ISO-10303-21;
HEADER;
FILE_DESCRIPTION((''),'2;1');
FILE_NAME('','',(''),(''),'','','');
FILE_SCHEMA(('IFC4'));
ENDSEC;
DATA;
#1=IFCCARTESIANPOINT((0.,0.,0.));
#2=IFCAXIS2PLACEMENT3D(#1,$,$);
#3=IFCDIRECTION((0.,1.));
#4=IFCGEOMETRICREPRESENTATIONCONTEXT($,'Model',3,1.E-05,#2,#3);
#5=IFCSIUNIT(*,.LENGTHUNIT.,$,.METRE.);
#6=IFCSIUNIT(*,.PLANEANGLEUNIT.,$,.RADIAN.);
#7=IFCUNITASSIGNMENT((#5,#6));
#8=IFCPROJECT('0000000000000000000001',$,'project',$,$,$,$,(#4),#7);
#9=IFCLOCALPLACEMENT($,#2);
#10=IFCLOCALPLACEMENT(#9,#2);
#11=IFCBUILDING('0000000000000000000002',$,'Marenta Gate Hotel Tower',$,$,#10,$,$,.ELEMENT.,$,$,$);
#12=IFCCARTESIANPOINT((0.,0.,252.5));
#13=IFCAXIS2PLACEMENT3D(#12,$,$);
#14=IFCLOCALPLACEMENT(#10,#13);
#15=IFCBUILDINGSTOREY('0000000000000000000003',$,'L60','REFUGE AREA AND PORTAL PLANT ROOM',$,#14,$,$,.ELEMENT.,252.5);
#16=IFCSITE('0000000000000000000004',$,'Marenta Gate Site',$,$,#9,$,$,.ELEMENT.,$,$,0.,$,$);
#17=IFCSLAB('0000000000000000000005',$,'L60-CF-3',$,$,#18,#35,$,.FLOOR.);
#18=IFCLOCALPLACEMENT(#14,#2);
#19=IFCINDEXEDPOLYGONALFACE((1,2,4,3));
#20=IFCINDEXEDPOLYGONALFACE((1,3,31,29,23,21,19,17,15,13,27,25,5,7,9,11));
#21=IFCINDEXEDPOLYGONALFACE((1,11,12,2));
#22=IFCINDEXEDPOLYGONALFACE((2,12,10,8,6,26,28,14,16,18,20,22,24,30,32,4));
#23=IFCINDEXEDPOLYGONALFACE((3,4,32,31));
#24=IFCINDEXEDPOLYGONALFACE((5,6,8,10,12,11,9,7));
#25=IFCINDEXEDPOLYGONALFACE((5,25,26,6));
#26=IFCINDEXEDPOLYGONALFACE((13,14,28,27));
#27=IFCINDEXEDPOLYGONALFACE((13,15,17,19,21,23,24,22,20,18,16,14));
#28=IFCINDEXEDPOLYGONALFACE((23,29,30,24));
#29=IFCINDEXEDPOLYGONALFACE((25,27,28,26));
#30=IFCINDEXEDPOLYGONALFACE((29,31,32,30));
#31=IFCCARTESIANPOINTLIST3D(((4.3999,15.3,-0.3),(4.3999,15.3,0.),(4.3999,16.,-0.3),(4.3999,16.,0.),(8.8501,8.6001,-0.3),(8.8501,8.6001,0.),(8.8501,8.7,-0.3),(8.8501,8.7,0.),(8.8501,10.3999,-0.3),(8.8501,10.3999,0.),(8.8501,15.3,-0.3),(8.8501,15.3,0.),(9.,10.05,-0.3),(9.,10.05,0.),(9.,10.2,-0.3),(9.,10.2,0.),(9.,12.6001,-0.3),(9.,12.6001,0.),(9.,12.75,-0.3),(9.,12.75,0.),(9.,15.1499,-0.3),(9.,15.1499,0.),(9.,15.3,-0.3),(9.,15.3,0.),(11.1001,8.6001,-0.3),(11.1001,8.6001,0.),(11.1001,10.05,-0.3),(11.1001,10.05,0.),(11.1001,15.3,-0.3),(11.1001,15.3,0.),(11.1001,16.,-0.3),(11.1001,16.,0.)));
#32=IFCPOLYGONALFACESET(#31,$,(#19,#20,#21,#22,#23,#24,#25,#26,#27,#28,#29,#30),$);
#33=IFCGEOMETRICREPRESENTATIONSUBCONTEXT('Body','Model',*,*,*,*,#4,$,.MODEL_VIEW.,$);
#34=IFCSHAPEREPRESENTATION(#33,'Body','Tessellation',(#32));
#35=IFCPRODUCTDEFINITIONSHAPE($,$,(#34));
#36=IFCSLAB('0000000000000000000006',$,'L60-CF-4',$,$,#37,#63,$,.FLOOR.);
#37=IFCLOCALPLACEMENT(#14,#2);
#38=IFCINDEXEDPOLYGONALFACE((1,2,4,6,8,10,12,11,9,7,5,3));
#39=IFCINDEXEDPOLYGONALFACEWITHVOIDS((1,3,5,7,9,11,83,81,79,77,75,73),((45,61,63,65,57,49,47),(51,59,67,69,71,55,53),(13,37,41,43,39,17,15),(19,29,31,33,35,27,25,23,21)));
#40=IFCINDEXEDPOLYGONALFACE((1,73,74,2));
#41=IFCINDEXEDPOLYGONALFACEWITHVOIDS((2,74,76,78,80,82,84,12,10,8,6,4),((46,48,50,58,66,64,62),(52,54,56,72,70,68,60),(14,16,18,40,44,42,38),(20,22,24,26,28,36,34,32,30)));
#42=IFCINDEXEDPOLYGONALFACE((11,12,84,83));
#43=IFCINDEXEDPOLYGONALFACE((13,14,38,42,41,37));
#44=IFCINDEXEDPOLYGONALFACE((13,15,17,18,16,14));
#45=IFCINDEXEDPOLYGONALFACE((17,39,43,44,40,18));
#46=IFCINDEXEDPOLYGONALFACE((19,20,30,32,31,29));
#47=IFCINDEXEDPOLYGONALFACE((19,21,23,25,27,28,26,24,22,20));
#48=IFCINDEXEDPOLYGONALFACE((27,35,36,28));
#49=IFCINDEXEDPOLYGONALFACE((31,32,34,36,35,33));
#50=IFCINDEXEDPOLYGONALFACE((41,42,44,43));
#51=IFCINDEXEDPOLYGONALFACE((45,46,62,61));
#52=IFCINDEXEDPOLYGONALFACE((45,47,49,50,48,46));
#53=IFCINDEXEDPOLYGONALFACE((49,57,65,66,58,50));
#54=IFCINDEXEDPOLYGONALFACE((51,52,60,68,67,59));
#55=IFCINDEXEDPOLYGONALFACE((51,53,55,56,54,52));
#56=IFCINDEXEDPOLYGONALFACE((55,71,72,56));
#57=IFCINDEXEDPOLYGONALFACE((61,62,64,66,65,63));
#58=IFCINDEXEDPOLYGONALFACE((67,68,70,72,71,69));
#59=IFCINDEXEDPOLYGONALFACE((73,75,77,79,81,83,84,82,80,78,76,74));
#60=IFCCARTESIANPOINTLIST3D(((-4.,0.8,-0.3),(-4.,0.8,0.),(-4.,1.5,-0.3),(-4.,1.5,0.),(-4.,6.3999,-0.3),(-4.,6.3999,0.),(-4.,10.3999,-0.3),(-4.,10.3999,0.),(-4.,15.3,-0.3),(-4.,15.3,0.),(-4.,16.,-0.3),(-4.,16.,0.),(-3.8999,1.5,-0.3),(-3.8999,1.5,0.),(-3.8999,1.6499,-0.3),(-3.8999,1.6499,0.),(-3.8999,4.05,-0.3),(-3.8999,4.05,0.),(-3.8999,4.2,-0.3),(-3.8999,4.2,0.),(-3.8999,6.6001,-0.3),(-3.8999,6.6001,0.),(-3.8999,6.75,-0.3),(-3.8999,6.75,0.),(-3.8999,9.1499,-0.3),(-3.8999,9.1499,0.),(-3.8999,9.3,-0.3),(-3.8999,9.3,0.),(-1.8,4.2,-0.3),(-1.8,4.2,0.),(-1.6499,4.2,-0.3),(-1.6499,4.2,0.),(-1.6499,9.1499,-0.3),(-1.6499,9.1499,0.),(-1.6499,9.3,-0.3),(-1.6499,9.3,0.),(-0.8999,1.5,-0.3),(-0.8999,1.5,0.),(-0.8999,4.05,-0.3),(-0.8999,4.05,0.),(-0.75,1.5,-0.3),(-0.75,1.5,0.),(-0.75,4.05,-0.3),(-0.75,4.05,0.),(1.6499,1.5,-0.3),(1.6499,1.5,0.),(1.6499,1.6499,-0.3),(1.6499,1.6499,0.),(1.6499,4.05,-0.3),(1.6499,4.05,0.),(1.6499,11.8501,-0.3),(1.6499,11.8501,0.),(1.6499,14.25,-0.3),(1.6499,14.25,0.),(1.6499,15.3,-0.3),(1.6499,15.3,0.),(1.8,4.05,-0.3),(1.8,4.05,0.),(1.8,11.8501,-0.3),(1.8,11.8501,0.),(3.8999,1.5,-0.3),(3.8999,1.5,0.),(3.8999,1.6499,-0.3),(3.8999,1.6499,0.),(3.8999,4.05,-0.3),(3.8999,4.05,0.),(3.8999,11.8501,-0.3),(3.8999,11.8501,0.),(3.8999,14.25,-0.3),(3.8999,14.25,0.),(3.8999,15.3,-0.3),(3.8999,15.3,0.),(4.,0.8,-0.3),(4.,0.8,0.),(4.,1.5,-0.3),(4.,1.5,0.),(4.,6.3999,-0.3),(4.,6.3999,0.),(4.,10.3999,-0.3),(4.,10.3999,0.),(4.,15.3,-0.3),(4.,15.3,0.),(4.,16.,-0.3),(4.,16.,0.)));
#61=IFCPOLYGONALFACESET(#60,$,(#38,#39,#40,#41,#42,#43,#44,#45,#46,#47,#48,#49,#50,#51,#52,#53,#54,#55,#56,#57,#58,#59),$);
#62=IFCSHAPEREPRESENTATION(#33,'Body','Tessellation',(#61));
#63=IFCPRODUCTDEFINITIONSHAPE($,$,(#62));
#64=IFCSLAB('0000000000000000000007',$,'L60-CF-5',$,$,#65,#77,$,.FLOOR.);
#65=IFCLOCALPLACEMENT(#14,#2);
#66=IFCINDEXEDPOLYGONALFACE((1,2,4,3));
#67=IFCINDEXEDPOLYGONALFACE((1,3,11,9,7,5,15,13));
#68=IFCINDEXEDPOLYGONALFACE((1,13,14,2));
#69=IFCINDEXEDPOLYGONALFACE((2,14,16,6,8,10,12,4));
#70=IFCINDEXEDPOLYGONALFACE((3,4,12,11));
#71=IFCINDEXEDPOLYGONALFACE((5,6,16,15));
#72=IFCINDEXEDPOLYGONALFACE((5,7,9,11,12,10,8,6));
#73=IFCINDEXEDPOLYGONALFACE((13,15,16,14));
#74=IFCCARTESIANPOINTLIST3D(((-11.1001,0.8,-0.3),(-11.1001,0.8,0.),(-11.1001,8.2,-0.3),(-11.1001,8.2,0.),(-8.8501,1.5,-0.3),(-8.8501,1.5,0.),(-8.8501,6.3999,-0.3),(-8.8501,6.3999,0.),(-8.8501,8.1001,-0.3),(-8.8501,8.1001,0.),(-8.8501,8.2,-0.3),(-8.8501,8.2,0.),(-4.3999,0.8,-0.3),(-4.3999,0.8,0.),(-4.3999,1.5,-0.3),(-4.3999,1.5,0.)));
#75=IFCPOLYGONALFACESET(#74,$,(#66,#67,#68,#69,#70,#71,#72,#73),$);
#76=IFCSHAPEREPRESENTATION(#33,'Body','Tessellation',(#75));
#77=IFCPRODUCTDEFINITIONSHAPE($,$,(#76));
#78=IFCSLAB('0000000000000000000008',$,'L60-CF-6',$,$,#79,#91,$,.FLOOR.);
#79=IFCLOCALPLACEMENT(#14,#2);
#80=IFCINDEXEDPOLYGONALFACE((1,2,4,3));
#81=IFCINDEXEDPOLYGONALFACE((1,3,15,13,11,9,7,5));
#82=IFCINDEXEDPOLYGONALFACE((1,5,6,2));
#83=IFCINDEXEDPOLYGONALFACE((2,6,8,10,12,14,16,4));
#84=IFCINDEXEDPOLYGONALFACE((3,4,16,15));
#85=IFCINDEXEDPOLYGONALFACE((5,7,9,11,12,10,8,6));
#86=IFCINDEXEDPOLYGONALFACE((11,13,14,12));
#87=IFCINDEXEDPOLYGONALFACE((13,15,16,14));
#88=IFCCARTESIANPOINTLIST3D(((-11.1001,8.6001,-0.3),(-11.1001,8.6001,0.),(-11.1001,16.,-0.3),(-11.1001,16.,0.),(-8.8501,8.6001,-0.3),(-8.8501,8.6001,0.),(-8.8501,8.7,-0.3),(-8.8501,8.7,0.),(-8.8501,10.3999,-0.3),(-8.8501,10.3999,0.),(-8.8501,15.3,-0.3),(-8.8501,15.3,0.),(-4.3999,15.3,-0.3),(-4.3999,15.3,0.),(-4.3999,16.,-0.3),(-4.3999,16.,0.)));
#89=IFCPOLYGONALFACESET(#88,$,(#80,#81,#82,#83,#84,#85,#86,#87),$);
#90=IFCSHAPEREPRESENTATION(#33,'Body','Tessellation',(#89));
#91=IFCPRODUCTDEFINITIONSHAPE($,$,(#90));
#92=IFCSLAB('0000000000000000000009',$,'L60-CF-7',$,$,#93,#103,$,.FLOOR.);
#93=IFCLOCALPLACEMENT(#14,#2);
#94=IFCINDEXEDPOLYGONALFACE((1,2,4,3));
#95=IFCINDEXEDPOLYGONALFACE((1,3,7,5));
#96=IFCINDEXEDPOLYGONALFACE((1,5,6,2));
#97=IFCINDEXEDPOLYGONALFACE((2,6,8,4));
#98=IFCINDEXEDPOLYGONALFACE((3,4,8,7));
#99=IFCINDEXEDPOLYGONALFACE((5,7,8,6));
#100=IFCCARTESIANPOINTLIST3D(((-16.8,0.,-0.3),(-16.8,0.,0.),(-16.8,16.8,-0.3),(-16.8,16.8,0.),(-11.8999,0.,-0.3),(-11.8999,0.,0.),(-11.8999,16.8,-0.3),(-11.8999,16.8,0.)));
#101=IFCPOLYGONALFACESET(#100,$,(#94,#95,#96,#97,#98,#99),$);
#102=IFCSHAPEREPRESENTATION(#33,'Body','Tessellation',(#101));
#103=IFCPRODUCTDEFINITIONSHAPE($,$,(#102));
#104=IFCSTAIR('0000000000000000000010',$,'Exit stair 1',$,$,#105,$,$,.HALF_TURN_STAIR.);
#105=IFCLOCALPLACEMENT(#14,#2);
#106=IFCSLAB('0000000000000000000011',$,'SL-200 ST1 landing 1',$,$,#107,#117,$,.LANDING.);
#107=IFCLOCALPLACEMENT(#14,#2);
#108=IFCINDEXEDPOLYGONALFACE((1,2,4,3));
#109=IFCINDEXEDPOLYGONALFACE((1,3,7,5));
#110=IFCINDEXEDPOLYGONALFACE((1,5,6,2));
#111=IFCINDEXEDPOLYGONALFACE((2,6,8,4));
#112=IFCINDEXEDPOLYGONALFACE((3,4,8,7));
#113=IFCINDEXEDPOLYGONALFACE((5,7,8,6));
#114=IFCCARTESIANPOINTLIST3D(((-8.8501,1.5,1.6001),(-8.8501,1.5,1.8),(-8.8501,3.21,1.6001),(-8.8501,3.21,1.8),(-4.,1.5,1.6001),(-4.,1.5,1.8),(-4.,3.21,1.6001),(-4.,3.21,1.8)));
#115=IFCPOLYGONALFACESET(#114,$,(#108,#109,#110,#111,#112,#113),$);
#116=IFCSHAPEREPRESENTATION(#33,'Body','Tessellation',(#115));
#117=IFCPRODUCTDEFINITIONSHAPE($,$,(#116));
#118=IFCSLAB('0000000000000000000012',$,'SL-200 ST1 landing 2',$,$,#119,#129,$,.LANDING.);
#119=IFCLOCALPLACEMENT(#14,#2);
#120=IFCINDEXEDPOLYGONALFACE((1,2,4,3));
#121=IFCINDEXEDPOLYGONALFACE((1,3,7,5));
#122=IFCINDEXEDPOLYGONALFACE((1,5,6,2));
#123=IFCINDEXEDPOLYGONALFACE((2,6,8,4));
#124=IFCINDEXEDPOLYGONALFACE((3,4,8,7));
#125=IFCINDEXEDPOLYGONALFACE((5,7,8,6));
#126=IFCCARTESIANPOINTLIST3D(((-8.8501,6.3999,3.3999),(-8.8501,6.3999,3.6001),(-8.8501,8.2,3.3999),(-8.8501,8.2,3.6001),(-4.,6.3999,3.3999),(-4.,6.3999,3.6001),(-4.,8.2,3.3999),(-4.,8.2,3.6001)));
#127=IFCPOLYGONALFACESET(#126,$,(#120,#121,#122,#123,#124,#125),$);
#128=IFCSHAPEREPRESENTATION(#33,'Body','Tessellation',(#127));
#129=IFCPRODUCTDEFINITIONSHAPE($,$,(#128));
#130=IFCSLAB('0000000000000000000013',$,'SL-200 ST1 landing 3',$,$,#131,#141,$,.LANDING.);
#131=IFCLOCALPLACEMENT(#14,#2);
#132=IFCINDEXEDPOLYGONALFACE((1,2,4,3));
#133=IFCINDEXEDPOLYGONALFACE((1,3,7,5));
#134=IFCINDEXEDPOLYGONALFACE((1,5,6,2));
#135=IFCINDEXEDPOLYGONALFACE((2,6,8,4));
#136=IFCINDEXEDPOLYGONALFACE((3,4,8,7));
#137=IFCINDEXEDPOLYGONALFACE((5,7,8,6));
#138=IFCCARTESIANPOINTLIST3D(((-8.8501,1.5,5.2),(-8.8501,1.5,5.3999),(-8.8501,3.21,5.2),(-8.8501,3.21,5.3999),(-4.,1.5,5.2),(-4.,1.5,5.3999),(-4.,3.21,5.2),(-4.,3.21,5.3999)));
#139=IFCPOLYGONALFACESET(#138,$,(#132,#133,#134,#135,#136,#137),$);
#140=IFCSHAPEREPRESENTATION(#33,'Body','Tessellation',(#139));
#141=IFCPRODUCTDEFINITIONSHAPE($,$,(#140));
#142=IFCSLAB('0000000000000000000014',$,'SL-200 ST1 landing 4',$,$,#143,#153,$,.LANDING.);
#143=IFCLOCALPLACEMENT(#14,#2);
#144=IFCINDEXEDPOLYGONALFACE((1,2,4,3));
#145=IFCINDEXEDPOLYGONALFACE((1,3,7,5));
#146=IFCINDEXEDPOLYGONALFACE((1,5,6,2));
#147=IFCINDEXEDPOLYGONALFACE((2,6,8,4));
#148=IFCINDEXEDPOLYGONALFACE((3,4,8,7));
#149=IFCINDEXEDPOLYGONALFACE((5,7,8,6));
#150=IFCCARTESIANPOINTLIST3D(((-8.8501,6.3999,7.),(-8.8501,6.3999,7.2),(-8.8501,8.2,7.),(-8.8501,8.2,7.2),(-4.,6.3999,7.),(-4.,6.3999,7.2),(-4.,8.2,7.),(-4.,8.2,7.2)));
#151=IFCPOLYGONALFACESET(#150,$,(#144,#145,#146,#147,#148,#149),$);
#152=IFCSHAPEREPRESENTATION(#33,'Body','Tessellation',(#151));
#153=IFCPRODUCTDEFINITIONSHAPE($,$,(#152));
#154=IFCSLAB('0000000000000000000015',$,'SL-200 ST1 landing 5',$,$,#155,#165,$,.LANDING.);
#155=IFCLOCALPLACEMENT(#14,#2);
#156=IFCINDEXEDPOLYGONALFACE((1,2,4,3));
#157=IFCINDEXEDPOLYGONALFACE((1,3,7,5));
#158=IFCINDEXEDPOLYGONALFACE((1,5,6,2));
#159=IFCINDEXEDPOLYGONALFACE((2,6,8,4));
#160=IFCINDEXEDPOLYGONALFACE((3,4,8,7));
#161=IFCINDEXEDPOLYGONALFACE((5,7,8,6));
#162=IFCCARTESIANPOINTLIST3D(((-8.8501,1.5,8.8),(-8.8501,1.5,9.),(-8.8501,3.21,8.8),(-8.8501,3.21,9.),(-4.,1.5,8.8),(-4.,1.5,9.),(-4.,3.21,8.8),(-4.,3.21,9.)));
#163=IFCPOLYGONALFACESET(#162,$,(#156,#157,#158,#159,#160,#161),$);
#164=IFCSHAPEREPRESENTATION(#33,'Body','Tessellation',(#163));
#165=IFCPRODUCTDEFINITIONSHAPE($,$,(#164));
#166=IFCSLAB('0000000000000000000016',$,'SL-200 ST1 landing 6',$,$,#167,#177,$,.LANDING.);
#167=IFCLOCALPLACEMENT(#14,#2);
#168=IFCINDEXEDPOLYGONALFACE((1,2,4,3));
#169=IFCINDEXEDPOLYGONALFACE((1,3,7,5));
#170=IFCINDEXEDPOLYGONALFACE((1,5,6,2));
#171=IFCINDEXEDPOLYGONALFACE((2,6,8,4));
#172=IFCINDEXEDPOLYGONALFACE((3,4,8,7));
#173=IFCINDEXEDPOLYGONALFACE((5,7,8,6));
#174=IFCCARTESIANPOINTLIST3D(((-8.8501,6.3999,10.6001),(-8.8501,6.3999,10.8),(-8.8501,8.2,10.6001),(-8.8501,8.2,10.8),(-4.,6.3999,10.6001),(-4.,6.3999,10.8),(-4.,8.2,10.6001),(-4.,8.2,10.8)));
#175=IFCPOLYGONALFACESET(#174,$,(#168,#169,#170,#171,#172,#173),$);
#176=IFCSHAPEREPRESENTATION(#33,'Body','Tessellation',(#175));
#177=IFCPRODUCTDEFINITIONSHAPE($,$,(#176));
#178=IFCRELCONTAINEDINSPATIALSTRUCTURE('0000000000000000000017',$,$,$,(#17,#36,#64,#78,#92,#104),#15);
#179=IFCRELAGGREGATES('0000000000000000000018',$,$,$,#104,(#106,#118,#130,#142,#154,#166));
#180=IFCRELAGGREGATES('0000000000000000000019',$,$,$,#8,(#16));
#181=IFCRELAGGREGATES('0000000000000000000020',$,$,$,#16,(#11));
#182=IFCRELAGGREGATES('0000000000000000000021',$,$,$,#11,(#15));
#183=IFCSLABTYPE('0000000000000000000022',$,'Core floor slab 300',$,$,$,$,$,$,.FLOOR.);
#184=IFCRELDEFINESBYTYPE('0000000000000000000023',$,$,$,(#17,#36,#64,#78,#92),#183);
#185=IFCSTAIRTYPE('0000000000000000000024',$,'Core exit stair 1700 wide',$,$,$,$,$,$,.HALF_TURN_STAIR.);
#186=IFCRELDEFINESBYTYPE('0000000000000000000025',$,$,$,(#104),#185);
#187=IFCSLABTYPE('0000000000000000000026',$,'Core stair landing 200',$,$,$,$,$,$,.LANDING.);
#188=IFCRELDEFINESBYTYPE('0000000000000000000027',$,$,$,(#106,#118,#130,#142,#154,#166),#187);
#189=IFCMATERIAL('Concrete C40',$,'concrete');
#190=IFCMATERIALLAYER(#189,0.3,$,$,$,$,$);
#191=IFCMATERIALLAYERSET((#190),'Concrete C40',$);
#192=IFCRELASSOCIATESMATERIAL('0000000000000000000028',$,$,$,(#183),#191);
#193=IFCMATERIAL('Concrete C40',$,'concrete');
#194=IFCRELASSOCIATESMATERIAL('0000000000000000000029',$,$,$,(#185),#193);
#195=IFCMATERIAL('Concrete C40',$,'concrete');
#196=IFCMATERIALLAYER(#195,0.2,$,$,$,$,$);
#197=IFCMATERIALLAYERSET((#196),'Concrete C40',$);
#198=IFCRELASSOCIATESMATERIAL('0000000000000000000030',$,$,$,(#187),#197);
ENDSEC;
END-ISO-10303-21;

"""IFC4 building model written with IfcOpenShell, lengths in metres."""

from ifc_helpers import new_model, si_unit, direction, frame, origin, place, context, subcontext, project, spatial, polyline, outline, extrude, material, layer, layer_set, type_object, element, aggregate, save


model = new_model("IFC4")

# Units and contexts
model_context = context("Model", 3, precision=1e-05, world=origin(), true_north=direction((0.0, 1.0)))
body_context = subcontext(model_context, "Body", "Model", "MODEL_VIEW")
ifc_project = project(units=[si_unit("LENGTHUNIT", "METRE"), si_unit("PLANEANGLEUNIT", "RADIAN")], contexts=[model_context])

# Site, building, storey
site_placement = place(None, origin())
site = spatial("IfcSite", under=ifc_project, at=site_placement, Name="Marenta Gate Site", CompositionType="ELEMENT", RefElevation=0.0)
building_placement = place(site_placement, origin())
building = spatial("IfcBuilding", under=site, at=building_placement, Name="Marenta Gate Hotel Tower", CompositionType="ELEMENT")
storey_placement = place(building_placement, frame((0.0, 0.0, 252.5)))
storey = spatial("IfcBuildingStorey", under=building, at=storey_placement, Name="L60", Description="REFUGE AREA AND PORTAL PLANT ROOM", CompositionType="ELEMENT", Elevation=252.5)

# Slabs
ifc_material_1 = material(Name="Concrete C40", Category="concrete")
ifc_layer_1 = layer(ifc_material_1, 0.3)
ifc_layer_set_1 = layer_set([ifc_layer_1], Name="Concrete C40")
slab_type_1 = type_object("IfcSlabType", Name="Core floor slab 300", PredefinedType="FLOOR", material=ifc_layer_set_1)
slab_1_placement = place(storey_placement, frame((0.0, 0.0, -0.3)))
element("IfcSlab", 1, at=slab_1_placement, inside=storey, type_object=slab_type_1, Name="L60-CF-3", PredefinedType="FLOOR", context=body_context, shape_type="SweptSolid", body=[
    extrude(outline(polyline([(8.8501, 15.3), (4.3999, 15.3), (4.3999, 16.0), (11.1001, 16.0), (11.1001, 15.3), (9.0, 15.3), (9.0, 15.1499), (9.0, 12.75), (9.0, 12.6001), (9.0, 10.2), (9.0, 10.05), (11.1001, 10.05), (11.1001, 8.6001), (8.8501, 8.6001), (8.8501, 8.7), (8.8501, 10.3999), (8.8501, 15.3)])), origin(), (0.0, 0.0, 1.0), 0.3),
])
slab_2_placement = place(storey_placement, frame((0.0, 0.0, -0.3)))
element("IfcSlab", 2, at=slab_2_placement, inside=storey, type_object=slab_type_1, Name="L60-CF-4", PredefinedType="FLOOR", context=body_context, shape_type="SweptSolid", body=[
    extrude(outline(polyline([(4.0, 15.3), (4.0, 10.3999), (4.0, 6.3999), (4.0, 1.5), (4.0, 0.8), (-4.0, 0.8), (-4.0, 1.5), (-4.0, 6.3999), (-4.0, 10.3999), (-4.0, 15.3), (-4.0, 16.0), (4.0, 16.0), (4.0, 15.3)]), holes=[polyline([(1.6499, 14.25), (1.6499, 11.8501), (1.8, 11.8501), (3.8999, 11.8501), (3.8999, 14.25), (3.8999, 15.3), (1.6499, 15.3), (1.6499, 14.25)]), polyline([(3.8999, 1.6499), (3.8999, 4.05), (1.8, 4.05), (1.6499, 4.05), (1.6499, 1.6499), (1.6499, 1.5), (3.8999, 1.5), (3.8999, 1.6499)]), polyline([(-3.8999, 1.6499), (-3.8999, 1.5), (-0.8999, 1.5), (-0.75, 1.5), (-0.75, 4.05), (-0.8999, 4.05), (-3.8999, 4.05), (-3.8999, 1.6499)]), polyline([(-1.8, 4.2), (-1.6499, 4.2), (-1.6499, 9.1499), (-1.6499, 9.3), (-3.8999, 9.3), (-3.8999, 9.1499), (-3.8999, 6.75), (-3.8999, 6.6001), (-3.8999, 4.2), (-1.8, 4.2)])]), origin(), (0.0, 0.0, 1.0), 0.3),
])
slab_3_placement = place(storey_placement, frame((0.0, 0.0, -0.3)))
element("IfcSlab", 3, at=slab_3_placement, inside=storey, type_object=slab_type_1, Name="L60-CF-5", PredefinedType="FLOOR", context=body_context, shape_type="SweptSolid", body=[
    extrude(outline(polyline([(-8.8501, 8.2), (-8.8501, 8.1001), (-8.8501, 6.3999), (-8.8501, 1.5), (-4.3999, 1.5), (-4.3999, 0.8), (-11.1001, 0.8), (-11.1001, 8.2), (-8.8501, 8.2)])), origin(), (0.0, 0.0, 1.0), 0.3),
])
slab_4_placement = place(storey_placement, frame((0.0, 0.0, -0.3)))
element("IfcSlab", 4, at=slab_4_placement, inside=storey, type_object=slab_type_1, Name="L60-CF-6", PredefinedType="FLOOR", context=body_context, shape_type="SweptSolid", body=[
    extrude(outline(polyline([(-4.3999, 15.3), (-8.8501, 15.3), (-8.8501, 10.3999), (-8.8501, 8.7), (-8.8501, 8.6001), (-11.1001, 8.6001), (-11.1001, 16.0), (-4.3999, 16.0), (-4.3999, 15.3)])), origin(), (0.0, 0.0, 1.0), 0.3),
])
slab_5_placement = place(storey_placement, frame((0.0, 0.0, -0.3)))
element("IfcSlab", 5, at=slab_5_placement, inside=storey, type_object=slab_type_1, Name="L60-CF-7", PredefinedType="FLOOR", context=body_context, shape_type="SweptSolid", body=[
    extrude(outline(polyline([(-11.8999, 16.8), (-11.8999, 0.0), (-16.8, 0.0), (-16.8, 16.8), (-11.8999, 16.8)])), origin(), (0.0, 0.0, 1.0), 0.3),
])

# Stair, slabs
ifc_material_2 = material(Name="Concrete C40", Category="concrete")
stair_type = type_object("IfcStairType", Name="Core exit stair 1700 wide", PredefinedType="HALF_TURN_STAIR", material=ifc_material_2)
stair_1_placement = place(storey_placement, origin())
stair_1 = element("IfcStair", 6, at=stair_1_placement, inside=storey, type_object=stair_type, Name="Exit stair 1", PredefinedType="HALF_TURN_STAIR")
ifc_material_3 = material(Name="Concrete C40", Category="concrete")
ifc_layer_2 = layer(ifc_material_3, 0.2)
ifc_layer_set_2 = layer_set([ifc_layer_2], Name="Concrete C40")
slab_type_2 = type_object("IfcSlabType", Name="Core stair landing 200", PredefinedType="LANDING", material=ifc_layer_set_2)
slab_6_placement = place(storey_placement, frame((0.0, 0.0, 1.6001)))
slab_6 = element("IfcSlab", 7, at=slab_6_placement, type_object=slab_type_2, Name="SL-200 ST1 landing 1", PredefinedType="LANDING", context=body_context, shape_type="SweptSolid", body=[
    extrude(outline(polyline([(-8.8501, 1.5), (-4.0, 1.5), (-4.0, 3.21), (-8.8501, 3.21), (-8.8501, 1.5)])), origin(), (0.0, 0.0, 1.0), 0.2),
])
slab_7_placement = place(storey_placement, frame((0.0, 0.0, 3.3999)))
slab_7 = element("IfcSlab", 8, at=slab_7_placement, type_object=slab_type_2, Name="SL-200 ST1 landing 2", PredefinedType="LANDING", context=body_context, shape_type="SweptSolid", body=[
    extrude(outline(polyline([(-8.8501, 6.3999), (-4.0, 6.3999), (-4.0, 8.2), (-8.8501, 8.2), (-8.8501, 6.3999)])), origin(), (0.0, 0.0, 1.0), 0.2002),
])
slab_8_placement = place(storey_placement, frame((0.0, 0.0, 5.2)))
slab_8 = element("IfcSlab", 9, at=slab_8_placement, type_object=slab_type_2, Name="SL-200 ST1 landing 3", PredefinedType="LANDING", context=body_context, shape_type="SweptSolid", body=[
    extrude(outline(polyline([(-8.8501, 1.5), (-4.0, 1.5), (-4.0, 3.21), (-8.8501, 3.21), (-8.8501, 1.5)])), origin(), (0.0, 0.0, 1.0), 0.2),
])
slab_9_placement = place(storey_placement, frame((0.0, 0.0, 7.0)))
slab_9 = element("IfcSlab", 10, at=slab_9_placement, type_object=slab_type_2, Name="SL-200 ST1 landing 4", PredefinedType="LANDING", context=body_context, shape_type="SweptSolid", body=[
    extrude(outline(polyline([(-8.8501, 6.3999), (-4.0, 6.3999), (-4.0, 8.2), (-8.8501, 8.2), (-8.8501, 6.3999)])), origin(), (0.0, 0.0, 1.0), 0.2),
])
slab_10_placement = place(storey_placement, frame((0.0, 0.0, 8.8)))
slab_10 = element("IfcSlab", 11, at=slab_10_placement, type_object=slab_type_2, Name="SL-200 ST1 landing 5", PredefinedType="LANDING", context=body_context, shape_type="SweptSolid", body=[
    extrude(outline(polyline([(-8.8501, 1.5), (-4.0, 1.5), (-4.0, 3.21), (-8.8501, 3.21), (-8.8501, 1.5)])), origin(), (0.0, 0.0, 1.0), 0.2),
])
slab_11_placement = place(storey_placement, frame((0.0, 0.0, 10.6001)))
slab_11 = element("IfcSlab", 12, at=slab_11_placement, type_object=slab_type_2, Name="SL-200 ST1 landing 6", PredefinedType="LANDING", context=body_context, shape_type="SweptSolid", body=[
    extrude(outline(polyline([(-8.8501, 6.3999), (-4.0, 6.3999), (-4.0, 8.2), (-8.8501, 8.2), (-8.8501, 6.3999)])), origin(), (0.0, 0.0, 1.0), 0.2),
])
aggregate(stair_1, [slab_6, slab_7, slab_8, slab_9, slab_10, slab_11])

save(model, "model.ifc")
